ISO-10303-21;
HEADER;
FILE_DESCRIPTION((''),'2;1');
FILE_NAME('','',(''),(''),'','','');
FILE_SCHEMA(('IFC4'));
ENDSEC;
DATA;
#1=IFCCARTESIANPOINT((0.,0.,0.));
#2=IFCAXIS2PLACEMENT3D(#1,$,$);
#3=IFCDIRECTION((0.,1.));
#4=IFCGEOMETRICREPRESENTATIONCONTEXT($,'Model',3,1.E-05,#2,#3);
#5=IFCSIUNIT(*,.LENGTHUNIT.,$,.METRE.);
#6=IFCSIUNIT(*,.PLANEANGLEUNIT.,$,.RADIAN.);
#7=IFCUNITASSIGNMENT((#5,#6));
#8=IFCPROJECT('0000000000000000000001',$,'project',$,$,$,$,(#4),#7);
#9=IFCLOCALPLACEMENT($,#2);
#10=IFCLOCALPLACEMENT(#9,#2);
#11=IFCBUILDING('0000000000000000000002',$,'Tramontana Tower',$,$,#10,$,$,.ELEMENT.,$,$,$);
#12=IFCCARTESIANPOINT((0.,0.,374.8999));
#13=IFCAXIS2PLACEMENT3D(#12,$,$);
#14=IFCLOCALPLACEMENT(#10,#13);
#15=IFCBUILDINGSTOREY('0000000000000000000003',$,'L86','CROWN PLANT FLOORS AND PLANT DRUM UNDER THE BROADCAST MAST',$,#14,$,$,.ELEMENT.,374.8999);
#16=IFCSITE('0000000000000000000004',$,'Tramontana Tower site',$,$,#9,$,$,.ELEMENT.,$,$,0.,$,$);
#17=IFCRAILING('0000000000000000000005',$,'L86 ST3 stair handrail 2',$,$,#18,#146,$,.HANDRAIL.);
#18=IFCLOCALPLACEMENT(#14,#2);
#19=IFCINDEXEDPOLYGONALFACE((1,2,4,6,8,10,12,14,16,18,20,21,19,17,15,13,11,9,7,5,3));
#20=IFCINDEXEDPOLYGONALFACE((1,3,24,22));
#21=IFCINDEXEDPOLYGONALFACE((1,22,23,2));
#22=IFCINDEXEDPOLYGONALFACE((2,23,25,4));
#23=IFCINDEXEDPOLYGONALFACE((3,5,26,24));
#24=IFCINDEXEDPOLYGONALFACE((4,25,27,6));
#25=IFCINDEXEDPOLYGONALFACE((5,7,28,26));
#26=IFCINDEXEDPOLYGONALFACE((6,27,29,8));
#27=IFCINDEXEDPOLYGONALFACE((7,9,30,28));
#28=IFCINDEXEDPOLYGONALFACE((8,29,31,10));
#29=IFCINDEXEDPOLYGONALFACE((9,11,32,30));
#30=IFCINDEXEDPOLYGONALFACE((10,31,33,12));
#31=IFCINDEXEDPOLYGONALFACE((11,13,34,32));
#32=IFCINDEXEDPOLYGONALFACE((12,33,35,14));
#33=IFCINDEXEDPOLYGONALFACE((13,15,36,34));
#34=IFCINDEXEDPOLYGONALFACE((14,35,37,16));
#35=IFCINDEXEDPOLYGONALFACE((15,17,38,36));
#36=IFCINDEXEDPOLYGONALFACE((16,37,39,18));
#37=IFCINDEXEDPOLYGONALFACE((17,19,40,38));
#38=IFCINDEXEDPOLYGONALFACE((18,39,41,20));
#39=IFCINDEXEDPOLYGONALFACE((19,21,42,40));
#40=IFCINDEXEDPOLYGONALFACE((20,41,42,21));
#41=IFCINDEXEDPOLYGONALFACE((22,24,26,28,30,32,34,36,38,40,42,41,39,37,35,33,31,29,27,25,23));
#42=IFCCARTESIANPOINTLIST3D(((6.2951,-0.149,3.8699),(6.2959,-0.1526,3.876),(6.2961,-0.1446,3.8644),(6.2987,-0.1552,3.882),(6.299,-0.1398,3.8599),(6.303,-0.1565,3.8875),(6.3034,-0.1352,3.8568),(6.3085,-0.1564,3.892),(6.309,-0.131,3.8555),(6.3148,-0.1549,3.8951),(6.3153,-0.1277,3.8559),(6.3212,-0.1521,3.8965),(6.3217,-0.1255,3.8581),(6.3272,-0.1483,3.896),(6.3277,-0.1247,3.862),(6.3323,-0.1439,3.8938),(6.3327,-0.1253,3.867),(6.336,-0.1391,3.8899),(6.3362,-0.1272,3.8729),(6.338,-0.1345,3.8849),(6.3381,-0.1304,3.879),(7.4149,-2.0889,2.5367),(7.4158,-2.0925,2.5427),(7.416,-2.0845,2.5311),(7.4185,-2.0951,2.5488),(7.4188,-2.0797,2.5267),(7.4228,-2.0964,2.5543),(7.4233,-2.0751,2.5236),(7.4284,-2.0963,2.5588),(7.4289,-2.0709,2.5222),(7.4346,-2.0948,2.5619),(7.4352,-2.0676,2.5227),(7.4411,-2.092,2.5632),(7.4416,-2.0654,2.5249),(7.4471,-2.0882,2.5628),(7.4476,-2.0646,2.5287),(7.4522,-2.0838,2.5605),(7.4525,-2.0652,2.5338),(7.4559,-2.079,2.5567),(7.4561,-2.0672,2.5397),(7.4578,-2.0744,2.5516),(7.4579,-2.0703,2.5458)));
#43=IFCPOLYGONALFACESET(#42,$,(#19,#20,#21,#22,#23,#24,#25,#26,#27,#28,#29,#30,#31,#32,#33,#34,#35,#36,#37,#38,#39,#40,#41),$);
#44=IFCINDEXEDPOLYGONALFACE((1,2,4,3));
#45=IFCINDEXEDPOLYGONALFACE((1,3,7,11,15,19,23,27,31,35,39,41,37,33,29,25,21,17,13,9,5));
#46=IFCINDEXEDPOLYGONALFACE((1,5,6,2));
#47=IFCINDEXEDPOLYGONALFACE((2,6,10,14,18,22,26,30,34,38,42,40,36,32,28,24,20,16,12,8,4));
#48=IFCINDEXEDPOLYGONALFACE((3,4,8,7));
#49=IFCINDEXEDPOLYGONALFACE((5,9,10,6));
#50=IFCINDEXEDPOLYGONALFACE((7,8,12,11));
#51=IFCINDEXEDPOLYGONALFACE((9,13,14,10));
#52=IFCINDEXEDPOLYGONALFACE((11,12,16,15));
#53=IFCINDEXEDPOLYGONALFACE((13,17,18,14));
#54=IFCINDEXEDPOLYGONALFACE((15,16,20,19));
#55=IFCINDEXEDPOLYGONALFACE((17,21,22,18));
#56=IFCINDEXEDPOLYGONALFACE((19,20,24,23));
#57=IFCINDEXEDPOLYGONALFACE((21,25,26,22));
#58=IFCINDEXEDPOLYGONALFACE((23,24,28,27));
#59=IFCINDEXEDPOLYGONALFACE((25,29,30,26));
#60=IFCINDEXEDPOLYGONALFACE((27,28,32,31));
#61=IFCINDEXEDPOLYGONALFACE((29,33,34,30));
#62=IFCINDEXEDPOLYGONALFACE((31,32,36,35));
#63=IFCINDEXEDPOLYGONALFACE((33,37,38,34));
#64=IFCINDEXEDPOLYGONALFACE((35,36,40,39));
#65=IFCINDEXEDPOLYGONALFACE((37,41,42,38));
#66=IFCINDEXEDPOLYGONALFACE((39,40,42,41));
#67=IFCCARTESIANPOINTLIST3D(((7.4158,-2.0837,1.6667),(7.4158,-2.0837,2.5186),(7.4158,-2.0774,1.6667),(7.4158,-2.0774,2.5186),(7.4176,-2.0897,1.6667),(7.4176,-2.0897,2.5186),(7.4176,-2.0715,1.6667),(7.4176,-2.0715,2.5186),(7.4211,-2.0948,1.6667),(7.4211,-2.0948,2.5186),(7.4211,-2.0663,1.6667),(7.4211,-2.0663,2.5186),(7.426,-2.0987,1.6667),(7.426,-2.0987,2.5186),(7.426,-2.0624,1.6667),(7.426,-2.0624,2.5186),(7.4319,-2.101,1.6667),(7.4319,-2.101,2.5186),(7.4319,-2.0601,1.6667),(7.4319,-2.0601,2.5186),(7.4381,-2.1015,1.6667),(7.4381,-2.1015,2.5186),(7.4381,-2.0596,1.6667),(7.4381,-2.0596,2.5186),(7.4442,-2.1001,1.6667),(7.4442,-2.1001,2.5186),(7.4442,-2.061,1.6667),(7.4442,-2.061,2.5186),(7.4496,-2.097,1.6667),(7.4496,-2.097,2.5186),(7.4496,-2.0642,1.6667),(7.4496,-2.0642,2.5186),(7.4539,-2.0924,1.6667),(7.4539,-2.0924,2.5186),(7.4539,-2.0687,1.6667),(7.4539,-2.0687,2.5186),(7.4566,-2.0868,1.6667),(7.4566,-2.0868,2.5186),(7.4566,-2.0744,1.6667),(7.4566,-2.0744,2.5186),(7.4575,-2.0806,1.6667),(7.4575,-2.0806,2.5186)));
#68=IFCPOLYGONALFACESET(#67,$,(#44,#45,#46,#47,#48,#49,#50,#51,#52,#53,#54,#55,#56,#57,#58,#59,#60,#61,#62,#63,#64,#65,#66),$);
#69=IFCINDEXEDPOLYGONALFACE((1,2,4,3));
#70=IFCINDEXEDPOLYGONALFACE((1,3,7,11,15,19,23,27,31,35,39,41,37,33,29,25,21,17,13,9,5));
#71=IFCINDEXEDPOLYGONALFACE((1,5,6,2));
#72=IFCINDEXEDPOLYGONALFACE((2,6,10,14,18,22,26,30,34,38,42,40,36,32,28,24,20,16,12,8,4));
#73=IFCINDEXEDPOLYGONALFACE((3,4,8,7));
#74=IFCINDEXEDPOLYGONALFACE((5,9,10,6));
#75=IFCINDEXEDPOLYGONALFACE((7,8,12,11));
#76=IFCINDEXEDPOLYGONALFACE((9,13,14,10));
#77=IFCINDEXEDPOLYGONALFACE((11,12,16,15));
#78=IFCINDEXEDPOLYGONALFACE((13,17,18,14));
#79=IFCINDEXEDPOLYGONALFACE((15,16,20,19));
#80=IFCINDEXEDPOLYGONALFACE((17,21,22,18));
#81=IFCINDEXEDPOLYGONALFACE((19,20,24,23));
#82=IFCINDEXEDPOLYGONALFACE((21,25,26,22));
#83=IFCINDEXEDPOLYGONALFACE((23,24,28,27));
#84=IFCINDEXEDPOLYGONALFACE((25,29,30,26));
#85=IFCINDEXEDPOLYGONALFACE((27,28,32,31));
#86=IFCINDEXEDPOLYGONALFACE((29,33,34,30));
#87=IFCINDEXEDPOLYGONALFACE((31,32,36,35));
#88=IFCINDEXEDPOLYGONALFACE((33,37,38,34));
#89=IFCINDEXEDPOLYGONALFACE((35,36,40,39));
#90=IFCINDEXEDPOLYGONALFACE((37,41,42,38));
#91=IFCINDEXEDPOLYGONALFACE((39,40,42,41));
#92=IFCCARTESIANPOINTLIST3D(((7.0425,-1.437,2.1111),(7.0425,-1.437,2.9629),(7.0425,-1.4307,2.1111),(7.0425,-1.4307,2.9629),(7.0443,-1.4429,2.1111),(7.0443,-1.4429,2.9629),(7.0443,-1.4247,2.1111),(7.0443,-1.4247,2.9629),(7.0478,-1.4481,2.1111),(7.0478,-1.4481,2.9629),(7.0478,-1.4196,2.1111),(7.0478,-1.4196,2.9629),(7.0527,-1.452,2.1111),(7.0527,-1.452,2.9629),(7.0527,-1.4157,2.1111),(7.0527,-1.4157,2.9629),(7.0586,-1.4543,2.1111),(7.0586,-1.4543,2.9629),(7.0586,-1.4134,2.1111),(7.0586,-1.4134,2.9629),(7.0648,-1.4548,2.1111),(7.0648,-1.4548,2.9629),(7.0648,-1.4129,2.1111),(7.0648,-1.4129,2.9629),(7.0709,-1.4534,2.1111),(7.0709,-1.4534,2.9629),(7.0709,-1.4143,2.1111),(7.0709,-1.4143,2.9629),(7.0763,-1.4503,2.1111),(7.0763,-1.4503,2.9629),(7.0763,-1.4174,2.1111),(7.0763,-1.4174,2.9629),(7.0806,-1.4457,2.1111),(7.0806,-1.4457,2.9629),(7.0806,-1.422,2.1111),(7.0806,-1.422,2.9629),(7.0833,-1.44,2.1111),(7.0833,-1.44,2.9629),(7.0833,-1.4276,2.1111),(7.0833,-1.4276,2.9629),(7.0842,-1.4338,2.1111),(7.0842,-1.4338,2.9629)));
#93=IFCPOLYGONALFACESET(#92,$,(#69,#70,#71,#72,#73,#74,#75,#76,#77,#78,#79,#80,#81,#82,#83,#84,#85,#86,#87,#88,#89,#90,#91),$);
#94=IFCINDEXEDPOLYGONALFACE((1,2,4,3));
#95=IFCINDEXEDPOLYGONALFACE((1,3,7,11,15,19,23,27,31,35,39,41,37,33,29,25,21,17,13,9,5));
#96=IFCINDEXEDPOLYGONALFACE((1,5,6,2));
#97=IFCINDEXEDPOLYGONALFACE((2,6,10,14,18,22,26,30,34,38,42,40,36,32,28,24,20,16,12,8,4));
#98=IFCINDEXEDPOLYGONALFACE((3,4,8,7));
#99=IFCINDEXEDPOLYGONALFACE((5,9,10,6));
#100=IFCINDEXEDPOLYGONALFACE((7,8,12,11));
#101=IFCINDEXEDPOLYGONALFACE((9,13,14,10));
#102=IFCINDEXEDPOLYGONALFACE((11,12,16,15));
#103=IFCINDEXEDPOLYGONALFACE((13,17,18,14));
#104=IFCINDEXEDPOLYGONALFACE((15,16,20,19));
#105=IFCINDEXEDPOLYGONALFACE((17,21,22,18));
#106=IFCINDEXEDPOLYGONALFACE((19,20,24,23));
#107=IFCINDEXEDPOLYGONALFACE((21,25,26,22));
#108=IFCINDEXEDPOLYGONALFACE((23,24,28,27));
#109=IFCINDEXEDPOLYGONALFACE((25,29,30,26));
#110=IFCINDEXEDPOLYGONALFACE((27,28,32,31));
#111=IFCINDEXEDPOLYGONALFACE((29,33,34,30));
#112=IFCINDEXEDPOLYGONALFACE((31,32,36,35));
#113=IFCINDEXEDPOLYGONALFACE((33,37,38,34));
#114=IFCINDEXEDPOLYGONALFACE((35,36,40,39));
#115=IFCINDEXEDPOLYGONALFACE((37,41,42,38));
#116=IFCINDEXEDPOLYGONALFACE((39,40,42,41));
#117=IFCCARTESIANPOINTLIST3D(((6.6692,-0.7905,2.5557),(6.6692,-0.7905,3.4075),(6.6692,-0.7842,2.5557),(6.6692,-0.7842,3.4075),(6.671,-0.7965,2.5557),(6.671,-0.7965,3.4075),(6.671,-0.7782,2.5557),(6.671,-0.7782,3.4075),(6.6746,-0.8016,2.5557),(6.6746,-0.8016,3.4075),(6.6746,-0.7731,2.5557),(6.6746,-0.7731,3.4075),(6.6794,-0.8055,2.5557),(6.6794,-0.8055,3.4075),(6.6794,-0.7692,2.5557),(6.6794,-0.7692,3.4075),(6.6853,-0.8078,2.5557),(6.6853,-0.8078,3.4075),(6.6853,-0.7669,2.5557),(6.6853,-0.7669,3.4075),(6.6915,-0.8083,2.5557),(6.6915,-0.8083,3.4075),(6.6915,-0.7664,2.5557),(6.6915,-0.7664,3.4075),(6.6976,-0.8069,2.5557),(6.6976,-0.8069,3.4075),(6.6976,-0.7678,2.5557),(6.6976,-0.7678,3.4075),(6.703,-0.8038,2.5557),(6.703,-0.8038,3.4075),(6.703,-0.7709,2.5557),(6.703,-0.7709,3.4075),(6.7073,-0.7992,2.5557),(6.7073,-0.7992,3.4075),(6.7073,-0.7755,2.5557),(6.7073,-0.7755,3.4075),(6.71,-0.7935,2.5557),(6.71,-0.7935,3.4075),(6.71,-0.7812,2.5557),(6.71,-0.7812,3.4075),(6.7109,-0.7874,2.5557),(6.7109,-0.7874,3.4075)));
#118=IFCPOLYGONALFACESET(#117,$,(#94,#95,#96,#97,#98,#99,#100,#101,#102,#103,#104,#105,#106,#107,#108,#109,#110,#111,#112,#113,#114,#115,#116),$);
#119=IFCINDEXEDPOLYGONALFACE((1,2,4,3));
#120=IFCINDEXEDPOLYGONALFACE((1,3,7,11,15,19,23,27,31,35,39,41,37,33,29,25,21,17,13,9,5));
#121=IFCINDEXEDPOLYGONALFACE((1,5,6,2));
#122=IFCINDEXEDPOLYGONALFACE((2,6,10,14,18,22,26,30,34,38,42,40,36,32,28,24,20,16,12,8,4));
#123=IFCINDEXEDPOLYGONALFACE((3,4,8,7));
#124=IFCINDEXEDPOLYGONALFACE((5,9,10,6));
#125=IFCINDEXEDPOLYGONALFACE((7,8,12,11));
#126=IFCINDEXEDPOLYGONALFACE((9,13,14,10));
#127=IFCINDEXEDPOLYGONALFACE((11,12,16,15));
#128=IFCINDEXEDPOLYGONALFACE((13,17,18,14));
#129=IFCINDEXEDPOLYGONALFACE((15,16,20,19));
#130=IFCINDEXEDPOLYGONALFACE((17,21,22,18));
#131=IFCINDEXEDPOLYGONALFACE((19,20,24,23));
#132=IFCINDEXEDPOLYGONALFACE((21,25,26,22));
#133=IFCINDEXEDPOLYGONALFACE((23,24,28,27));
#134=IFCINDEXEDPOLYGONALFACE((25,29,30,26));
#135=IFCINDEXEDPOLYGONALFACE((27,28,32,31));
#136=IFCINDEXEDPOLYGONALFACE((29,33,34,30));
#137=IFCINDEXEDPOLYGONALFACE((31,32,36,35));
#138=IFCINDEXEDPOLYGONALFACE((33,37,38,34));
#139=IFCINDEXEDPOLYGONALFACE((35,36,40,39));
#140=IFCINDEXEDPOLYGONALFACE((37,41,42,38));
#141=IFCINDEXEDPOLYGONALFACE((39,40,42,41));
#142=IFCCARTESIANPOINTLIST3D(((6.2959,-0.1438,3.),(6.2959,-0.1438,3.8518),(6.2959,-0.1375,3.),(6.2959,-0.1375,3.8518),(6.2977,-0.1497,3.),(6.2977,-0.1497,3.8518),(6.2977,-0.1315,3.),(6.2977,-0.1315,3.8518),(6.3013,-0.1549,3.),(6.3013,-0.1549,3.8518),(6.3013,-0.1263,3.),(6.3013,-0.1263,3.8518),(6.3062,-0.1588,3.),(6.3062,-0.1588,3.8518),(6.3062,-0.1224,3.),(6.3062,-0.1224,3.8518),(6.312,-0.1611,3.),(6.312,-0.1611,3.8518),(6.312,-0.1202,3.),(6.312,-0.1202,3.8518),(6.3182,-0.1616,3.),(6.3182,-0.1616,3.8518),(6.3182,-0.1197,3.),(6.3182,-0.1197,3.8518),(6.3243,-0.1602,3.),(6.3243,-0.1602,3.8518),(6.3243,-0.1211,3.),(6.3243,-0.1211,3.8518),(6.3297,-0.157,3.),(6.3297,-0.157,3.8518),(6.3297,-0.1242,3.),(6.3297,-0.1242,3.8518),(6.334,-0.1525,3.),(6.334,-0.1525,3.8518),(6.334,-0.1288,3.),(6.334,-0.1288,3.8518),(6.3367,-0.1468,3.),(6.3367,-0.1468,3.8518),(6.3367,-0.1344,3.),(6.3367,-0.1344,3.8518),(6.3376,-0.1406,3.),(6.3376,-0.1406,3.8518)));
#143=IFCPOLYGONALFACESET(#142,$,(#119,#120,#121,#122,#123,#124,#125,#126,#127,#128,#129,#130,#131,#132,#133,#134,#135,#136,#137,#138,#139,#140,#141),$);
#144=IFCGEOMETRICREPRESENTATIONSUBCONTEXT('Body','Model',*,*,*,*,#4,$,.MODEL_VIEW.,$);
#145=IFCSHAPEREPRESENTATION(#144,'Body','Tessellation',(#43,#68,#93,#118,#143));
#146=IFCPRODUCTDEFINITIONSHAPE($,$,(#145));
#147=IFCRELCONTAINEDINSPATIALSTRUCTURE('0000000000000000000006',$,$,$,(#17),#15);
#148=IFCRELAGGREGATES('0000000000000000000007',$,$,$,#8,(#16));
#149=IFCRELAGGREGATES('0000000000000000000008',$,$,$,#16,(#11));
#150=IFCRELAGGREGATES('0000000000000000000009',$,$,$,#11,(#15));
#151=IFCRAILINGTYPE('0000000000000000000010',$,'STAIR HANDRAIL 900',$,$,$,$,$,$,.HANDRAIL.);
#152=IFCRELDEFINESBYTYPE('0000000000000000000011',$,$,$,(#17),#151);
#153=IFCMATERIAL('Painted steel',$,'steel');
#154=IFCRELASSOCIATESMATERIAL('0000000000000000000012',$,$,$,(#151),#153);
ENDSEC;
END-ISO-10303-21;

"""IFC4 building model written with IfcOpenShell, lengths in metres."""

from ifc_helpers import new_model, si_unit, direction, frame, origin, origin_2d, place, context, subcontext, project, spatial, circle, extrude, material, type_object, element, save


model = new_model("IFC4")

# Units and contexts
model_context = context("Model", 3, precision=1e-05, world=origin(), true_north=direction((0.0, 1.0)))
body_context = subcontext(model_context, "Body", "Model", "MODEL_VIEW")
ifc_project = project(units=[si_unit("LENGTHUNIT", "METRE"), si_unit("PLANEANGLEUNIT", "RADIAN")], contexts=[model_context])

# Site, building, storey
site_placement = place(None, origin())
site = spatial("IfcSite", under=ifc_project, at=site_placement, Name="Tramontana Tower site", CompositionType="ELEMENT", RefElevation=0.0)
building_placement = place(site_placement, origin())
building = spatial("IfcBuilding", under=site, at=building_placement, Name="Tramontana Tower", CompositionType="ELEMENT")
storey_placement = place(building_placement, frame((0.0, 0.0, 374.8999)))
storey = spatial("IfcBuildingStorey", under=building, at=storey_placement, Name="L86", Description="CROWN PLANT FLOORS AND PLANT DRUM UNDER THE BROADCAST MAST", CompositionType="ELEMENT", Elevation=374.8999)

# Railing
ifc_material_1 = material(Name="Painted steel", Category="steel")
railing_type_1 = type_object("IfcRailingType", Name="STAIR HANDRAIL 900", PredefinedType="HANDRAIL", material=ifc_material_1)
railing_1_placement = place(storey_placement, frame((7.4365, -2.0806, 1.6667)))
element("IfcRailing", 1, at=railing_1_placement, inside=storey, type_object=railing_type_1, Name="L86 ST3 stair handrail 2", PredefinedType="HANDRAIL", context=body_context, shape_type="SweptSolid", body=[
    extrude(circle(Radius=0.0239, at=origin_2d()), frame((0.0, 0.0, 0.876), z_axis=(-0.429608, 0.744205, 0.511465), x_axis=(-0.866055, -0.499949, 0.0)), (0.0, 0.0, 1.0), 2.6067),
    extrude(circle(Radius=0.021, at=origin_2d()), origin(), (0.0, 0.0, 1.0), 0.8518),
    extrude(circle(Radius=0.021, at=origin_2d()), frame((-0.3733, 0.6467, 0.4443)), (0.0, 0.0, 1.0), 0.8518),
    extrude(circle(Radius=0.021, at=origin_2d()), frame((-0.7466, 1.2932, 0.8889)), (0.0, 0.0, 1.0), 0.8518),
    extrude(circle(Radius=0.021, at=origin_2d()), frame((-1.1199, 1.9399, 1.3333)), (0.0, 0.0, 1.0), 0.8518),
])

save(model, "model.ifc")
